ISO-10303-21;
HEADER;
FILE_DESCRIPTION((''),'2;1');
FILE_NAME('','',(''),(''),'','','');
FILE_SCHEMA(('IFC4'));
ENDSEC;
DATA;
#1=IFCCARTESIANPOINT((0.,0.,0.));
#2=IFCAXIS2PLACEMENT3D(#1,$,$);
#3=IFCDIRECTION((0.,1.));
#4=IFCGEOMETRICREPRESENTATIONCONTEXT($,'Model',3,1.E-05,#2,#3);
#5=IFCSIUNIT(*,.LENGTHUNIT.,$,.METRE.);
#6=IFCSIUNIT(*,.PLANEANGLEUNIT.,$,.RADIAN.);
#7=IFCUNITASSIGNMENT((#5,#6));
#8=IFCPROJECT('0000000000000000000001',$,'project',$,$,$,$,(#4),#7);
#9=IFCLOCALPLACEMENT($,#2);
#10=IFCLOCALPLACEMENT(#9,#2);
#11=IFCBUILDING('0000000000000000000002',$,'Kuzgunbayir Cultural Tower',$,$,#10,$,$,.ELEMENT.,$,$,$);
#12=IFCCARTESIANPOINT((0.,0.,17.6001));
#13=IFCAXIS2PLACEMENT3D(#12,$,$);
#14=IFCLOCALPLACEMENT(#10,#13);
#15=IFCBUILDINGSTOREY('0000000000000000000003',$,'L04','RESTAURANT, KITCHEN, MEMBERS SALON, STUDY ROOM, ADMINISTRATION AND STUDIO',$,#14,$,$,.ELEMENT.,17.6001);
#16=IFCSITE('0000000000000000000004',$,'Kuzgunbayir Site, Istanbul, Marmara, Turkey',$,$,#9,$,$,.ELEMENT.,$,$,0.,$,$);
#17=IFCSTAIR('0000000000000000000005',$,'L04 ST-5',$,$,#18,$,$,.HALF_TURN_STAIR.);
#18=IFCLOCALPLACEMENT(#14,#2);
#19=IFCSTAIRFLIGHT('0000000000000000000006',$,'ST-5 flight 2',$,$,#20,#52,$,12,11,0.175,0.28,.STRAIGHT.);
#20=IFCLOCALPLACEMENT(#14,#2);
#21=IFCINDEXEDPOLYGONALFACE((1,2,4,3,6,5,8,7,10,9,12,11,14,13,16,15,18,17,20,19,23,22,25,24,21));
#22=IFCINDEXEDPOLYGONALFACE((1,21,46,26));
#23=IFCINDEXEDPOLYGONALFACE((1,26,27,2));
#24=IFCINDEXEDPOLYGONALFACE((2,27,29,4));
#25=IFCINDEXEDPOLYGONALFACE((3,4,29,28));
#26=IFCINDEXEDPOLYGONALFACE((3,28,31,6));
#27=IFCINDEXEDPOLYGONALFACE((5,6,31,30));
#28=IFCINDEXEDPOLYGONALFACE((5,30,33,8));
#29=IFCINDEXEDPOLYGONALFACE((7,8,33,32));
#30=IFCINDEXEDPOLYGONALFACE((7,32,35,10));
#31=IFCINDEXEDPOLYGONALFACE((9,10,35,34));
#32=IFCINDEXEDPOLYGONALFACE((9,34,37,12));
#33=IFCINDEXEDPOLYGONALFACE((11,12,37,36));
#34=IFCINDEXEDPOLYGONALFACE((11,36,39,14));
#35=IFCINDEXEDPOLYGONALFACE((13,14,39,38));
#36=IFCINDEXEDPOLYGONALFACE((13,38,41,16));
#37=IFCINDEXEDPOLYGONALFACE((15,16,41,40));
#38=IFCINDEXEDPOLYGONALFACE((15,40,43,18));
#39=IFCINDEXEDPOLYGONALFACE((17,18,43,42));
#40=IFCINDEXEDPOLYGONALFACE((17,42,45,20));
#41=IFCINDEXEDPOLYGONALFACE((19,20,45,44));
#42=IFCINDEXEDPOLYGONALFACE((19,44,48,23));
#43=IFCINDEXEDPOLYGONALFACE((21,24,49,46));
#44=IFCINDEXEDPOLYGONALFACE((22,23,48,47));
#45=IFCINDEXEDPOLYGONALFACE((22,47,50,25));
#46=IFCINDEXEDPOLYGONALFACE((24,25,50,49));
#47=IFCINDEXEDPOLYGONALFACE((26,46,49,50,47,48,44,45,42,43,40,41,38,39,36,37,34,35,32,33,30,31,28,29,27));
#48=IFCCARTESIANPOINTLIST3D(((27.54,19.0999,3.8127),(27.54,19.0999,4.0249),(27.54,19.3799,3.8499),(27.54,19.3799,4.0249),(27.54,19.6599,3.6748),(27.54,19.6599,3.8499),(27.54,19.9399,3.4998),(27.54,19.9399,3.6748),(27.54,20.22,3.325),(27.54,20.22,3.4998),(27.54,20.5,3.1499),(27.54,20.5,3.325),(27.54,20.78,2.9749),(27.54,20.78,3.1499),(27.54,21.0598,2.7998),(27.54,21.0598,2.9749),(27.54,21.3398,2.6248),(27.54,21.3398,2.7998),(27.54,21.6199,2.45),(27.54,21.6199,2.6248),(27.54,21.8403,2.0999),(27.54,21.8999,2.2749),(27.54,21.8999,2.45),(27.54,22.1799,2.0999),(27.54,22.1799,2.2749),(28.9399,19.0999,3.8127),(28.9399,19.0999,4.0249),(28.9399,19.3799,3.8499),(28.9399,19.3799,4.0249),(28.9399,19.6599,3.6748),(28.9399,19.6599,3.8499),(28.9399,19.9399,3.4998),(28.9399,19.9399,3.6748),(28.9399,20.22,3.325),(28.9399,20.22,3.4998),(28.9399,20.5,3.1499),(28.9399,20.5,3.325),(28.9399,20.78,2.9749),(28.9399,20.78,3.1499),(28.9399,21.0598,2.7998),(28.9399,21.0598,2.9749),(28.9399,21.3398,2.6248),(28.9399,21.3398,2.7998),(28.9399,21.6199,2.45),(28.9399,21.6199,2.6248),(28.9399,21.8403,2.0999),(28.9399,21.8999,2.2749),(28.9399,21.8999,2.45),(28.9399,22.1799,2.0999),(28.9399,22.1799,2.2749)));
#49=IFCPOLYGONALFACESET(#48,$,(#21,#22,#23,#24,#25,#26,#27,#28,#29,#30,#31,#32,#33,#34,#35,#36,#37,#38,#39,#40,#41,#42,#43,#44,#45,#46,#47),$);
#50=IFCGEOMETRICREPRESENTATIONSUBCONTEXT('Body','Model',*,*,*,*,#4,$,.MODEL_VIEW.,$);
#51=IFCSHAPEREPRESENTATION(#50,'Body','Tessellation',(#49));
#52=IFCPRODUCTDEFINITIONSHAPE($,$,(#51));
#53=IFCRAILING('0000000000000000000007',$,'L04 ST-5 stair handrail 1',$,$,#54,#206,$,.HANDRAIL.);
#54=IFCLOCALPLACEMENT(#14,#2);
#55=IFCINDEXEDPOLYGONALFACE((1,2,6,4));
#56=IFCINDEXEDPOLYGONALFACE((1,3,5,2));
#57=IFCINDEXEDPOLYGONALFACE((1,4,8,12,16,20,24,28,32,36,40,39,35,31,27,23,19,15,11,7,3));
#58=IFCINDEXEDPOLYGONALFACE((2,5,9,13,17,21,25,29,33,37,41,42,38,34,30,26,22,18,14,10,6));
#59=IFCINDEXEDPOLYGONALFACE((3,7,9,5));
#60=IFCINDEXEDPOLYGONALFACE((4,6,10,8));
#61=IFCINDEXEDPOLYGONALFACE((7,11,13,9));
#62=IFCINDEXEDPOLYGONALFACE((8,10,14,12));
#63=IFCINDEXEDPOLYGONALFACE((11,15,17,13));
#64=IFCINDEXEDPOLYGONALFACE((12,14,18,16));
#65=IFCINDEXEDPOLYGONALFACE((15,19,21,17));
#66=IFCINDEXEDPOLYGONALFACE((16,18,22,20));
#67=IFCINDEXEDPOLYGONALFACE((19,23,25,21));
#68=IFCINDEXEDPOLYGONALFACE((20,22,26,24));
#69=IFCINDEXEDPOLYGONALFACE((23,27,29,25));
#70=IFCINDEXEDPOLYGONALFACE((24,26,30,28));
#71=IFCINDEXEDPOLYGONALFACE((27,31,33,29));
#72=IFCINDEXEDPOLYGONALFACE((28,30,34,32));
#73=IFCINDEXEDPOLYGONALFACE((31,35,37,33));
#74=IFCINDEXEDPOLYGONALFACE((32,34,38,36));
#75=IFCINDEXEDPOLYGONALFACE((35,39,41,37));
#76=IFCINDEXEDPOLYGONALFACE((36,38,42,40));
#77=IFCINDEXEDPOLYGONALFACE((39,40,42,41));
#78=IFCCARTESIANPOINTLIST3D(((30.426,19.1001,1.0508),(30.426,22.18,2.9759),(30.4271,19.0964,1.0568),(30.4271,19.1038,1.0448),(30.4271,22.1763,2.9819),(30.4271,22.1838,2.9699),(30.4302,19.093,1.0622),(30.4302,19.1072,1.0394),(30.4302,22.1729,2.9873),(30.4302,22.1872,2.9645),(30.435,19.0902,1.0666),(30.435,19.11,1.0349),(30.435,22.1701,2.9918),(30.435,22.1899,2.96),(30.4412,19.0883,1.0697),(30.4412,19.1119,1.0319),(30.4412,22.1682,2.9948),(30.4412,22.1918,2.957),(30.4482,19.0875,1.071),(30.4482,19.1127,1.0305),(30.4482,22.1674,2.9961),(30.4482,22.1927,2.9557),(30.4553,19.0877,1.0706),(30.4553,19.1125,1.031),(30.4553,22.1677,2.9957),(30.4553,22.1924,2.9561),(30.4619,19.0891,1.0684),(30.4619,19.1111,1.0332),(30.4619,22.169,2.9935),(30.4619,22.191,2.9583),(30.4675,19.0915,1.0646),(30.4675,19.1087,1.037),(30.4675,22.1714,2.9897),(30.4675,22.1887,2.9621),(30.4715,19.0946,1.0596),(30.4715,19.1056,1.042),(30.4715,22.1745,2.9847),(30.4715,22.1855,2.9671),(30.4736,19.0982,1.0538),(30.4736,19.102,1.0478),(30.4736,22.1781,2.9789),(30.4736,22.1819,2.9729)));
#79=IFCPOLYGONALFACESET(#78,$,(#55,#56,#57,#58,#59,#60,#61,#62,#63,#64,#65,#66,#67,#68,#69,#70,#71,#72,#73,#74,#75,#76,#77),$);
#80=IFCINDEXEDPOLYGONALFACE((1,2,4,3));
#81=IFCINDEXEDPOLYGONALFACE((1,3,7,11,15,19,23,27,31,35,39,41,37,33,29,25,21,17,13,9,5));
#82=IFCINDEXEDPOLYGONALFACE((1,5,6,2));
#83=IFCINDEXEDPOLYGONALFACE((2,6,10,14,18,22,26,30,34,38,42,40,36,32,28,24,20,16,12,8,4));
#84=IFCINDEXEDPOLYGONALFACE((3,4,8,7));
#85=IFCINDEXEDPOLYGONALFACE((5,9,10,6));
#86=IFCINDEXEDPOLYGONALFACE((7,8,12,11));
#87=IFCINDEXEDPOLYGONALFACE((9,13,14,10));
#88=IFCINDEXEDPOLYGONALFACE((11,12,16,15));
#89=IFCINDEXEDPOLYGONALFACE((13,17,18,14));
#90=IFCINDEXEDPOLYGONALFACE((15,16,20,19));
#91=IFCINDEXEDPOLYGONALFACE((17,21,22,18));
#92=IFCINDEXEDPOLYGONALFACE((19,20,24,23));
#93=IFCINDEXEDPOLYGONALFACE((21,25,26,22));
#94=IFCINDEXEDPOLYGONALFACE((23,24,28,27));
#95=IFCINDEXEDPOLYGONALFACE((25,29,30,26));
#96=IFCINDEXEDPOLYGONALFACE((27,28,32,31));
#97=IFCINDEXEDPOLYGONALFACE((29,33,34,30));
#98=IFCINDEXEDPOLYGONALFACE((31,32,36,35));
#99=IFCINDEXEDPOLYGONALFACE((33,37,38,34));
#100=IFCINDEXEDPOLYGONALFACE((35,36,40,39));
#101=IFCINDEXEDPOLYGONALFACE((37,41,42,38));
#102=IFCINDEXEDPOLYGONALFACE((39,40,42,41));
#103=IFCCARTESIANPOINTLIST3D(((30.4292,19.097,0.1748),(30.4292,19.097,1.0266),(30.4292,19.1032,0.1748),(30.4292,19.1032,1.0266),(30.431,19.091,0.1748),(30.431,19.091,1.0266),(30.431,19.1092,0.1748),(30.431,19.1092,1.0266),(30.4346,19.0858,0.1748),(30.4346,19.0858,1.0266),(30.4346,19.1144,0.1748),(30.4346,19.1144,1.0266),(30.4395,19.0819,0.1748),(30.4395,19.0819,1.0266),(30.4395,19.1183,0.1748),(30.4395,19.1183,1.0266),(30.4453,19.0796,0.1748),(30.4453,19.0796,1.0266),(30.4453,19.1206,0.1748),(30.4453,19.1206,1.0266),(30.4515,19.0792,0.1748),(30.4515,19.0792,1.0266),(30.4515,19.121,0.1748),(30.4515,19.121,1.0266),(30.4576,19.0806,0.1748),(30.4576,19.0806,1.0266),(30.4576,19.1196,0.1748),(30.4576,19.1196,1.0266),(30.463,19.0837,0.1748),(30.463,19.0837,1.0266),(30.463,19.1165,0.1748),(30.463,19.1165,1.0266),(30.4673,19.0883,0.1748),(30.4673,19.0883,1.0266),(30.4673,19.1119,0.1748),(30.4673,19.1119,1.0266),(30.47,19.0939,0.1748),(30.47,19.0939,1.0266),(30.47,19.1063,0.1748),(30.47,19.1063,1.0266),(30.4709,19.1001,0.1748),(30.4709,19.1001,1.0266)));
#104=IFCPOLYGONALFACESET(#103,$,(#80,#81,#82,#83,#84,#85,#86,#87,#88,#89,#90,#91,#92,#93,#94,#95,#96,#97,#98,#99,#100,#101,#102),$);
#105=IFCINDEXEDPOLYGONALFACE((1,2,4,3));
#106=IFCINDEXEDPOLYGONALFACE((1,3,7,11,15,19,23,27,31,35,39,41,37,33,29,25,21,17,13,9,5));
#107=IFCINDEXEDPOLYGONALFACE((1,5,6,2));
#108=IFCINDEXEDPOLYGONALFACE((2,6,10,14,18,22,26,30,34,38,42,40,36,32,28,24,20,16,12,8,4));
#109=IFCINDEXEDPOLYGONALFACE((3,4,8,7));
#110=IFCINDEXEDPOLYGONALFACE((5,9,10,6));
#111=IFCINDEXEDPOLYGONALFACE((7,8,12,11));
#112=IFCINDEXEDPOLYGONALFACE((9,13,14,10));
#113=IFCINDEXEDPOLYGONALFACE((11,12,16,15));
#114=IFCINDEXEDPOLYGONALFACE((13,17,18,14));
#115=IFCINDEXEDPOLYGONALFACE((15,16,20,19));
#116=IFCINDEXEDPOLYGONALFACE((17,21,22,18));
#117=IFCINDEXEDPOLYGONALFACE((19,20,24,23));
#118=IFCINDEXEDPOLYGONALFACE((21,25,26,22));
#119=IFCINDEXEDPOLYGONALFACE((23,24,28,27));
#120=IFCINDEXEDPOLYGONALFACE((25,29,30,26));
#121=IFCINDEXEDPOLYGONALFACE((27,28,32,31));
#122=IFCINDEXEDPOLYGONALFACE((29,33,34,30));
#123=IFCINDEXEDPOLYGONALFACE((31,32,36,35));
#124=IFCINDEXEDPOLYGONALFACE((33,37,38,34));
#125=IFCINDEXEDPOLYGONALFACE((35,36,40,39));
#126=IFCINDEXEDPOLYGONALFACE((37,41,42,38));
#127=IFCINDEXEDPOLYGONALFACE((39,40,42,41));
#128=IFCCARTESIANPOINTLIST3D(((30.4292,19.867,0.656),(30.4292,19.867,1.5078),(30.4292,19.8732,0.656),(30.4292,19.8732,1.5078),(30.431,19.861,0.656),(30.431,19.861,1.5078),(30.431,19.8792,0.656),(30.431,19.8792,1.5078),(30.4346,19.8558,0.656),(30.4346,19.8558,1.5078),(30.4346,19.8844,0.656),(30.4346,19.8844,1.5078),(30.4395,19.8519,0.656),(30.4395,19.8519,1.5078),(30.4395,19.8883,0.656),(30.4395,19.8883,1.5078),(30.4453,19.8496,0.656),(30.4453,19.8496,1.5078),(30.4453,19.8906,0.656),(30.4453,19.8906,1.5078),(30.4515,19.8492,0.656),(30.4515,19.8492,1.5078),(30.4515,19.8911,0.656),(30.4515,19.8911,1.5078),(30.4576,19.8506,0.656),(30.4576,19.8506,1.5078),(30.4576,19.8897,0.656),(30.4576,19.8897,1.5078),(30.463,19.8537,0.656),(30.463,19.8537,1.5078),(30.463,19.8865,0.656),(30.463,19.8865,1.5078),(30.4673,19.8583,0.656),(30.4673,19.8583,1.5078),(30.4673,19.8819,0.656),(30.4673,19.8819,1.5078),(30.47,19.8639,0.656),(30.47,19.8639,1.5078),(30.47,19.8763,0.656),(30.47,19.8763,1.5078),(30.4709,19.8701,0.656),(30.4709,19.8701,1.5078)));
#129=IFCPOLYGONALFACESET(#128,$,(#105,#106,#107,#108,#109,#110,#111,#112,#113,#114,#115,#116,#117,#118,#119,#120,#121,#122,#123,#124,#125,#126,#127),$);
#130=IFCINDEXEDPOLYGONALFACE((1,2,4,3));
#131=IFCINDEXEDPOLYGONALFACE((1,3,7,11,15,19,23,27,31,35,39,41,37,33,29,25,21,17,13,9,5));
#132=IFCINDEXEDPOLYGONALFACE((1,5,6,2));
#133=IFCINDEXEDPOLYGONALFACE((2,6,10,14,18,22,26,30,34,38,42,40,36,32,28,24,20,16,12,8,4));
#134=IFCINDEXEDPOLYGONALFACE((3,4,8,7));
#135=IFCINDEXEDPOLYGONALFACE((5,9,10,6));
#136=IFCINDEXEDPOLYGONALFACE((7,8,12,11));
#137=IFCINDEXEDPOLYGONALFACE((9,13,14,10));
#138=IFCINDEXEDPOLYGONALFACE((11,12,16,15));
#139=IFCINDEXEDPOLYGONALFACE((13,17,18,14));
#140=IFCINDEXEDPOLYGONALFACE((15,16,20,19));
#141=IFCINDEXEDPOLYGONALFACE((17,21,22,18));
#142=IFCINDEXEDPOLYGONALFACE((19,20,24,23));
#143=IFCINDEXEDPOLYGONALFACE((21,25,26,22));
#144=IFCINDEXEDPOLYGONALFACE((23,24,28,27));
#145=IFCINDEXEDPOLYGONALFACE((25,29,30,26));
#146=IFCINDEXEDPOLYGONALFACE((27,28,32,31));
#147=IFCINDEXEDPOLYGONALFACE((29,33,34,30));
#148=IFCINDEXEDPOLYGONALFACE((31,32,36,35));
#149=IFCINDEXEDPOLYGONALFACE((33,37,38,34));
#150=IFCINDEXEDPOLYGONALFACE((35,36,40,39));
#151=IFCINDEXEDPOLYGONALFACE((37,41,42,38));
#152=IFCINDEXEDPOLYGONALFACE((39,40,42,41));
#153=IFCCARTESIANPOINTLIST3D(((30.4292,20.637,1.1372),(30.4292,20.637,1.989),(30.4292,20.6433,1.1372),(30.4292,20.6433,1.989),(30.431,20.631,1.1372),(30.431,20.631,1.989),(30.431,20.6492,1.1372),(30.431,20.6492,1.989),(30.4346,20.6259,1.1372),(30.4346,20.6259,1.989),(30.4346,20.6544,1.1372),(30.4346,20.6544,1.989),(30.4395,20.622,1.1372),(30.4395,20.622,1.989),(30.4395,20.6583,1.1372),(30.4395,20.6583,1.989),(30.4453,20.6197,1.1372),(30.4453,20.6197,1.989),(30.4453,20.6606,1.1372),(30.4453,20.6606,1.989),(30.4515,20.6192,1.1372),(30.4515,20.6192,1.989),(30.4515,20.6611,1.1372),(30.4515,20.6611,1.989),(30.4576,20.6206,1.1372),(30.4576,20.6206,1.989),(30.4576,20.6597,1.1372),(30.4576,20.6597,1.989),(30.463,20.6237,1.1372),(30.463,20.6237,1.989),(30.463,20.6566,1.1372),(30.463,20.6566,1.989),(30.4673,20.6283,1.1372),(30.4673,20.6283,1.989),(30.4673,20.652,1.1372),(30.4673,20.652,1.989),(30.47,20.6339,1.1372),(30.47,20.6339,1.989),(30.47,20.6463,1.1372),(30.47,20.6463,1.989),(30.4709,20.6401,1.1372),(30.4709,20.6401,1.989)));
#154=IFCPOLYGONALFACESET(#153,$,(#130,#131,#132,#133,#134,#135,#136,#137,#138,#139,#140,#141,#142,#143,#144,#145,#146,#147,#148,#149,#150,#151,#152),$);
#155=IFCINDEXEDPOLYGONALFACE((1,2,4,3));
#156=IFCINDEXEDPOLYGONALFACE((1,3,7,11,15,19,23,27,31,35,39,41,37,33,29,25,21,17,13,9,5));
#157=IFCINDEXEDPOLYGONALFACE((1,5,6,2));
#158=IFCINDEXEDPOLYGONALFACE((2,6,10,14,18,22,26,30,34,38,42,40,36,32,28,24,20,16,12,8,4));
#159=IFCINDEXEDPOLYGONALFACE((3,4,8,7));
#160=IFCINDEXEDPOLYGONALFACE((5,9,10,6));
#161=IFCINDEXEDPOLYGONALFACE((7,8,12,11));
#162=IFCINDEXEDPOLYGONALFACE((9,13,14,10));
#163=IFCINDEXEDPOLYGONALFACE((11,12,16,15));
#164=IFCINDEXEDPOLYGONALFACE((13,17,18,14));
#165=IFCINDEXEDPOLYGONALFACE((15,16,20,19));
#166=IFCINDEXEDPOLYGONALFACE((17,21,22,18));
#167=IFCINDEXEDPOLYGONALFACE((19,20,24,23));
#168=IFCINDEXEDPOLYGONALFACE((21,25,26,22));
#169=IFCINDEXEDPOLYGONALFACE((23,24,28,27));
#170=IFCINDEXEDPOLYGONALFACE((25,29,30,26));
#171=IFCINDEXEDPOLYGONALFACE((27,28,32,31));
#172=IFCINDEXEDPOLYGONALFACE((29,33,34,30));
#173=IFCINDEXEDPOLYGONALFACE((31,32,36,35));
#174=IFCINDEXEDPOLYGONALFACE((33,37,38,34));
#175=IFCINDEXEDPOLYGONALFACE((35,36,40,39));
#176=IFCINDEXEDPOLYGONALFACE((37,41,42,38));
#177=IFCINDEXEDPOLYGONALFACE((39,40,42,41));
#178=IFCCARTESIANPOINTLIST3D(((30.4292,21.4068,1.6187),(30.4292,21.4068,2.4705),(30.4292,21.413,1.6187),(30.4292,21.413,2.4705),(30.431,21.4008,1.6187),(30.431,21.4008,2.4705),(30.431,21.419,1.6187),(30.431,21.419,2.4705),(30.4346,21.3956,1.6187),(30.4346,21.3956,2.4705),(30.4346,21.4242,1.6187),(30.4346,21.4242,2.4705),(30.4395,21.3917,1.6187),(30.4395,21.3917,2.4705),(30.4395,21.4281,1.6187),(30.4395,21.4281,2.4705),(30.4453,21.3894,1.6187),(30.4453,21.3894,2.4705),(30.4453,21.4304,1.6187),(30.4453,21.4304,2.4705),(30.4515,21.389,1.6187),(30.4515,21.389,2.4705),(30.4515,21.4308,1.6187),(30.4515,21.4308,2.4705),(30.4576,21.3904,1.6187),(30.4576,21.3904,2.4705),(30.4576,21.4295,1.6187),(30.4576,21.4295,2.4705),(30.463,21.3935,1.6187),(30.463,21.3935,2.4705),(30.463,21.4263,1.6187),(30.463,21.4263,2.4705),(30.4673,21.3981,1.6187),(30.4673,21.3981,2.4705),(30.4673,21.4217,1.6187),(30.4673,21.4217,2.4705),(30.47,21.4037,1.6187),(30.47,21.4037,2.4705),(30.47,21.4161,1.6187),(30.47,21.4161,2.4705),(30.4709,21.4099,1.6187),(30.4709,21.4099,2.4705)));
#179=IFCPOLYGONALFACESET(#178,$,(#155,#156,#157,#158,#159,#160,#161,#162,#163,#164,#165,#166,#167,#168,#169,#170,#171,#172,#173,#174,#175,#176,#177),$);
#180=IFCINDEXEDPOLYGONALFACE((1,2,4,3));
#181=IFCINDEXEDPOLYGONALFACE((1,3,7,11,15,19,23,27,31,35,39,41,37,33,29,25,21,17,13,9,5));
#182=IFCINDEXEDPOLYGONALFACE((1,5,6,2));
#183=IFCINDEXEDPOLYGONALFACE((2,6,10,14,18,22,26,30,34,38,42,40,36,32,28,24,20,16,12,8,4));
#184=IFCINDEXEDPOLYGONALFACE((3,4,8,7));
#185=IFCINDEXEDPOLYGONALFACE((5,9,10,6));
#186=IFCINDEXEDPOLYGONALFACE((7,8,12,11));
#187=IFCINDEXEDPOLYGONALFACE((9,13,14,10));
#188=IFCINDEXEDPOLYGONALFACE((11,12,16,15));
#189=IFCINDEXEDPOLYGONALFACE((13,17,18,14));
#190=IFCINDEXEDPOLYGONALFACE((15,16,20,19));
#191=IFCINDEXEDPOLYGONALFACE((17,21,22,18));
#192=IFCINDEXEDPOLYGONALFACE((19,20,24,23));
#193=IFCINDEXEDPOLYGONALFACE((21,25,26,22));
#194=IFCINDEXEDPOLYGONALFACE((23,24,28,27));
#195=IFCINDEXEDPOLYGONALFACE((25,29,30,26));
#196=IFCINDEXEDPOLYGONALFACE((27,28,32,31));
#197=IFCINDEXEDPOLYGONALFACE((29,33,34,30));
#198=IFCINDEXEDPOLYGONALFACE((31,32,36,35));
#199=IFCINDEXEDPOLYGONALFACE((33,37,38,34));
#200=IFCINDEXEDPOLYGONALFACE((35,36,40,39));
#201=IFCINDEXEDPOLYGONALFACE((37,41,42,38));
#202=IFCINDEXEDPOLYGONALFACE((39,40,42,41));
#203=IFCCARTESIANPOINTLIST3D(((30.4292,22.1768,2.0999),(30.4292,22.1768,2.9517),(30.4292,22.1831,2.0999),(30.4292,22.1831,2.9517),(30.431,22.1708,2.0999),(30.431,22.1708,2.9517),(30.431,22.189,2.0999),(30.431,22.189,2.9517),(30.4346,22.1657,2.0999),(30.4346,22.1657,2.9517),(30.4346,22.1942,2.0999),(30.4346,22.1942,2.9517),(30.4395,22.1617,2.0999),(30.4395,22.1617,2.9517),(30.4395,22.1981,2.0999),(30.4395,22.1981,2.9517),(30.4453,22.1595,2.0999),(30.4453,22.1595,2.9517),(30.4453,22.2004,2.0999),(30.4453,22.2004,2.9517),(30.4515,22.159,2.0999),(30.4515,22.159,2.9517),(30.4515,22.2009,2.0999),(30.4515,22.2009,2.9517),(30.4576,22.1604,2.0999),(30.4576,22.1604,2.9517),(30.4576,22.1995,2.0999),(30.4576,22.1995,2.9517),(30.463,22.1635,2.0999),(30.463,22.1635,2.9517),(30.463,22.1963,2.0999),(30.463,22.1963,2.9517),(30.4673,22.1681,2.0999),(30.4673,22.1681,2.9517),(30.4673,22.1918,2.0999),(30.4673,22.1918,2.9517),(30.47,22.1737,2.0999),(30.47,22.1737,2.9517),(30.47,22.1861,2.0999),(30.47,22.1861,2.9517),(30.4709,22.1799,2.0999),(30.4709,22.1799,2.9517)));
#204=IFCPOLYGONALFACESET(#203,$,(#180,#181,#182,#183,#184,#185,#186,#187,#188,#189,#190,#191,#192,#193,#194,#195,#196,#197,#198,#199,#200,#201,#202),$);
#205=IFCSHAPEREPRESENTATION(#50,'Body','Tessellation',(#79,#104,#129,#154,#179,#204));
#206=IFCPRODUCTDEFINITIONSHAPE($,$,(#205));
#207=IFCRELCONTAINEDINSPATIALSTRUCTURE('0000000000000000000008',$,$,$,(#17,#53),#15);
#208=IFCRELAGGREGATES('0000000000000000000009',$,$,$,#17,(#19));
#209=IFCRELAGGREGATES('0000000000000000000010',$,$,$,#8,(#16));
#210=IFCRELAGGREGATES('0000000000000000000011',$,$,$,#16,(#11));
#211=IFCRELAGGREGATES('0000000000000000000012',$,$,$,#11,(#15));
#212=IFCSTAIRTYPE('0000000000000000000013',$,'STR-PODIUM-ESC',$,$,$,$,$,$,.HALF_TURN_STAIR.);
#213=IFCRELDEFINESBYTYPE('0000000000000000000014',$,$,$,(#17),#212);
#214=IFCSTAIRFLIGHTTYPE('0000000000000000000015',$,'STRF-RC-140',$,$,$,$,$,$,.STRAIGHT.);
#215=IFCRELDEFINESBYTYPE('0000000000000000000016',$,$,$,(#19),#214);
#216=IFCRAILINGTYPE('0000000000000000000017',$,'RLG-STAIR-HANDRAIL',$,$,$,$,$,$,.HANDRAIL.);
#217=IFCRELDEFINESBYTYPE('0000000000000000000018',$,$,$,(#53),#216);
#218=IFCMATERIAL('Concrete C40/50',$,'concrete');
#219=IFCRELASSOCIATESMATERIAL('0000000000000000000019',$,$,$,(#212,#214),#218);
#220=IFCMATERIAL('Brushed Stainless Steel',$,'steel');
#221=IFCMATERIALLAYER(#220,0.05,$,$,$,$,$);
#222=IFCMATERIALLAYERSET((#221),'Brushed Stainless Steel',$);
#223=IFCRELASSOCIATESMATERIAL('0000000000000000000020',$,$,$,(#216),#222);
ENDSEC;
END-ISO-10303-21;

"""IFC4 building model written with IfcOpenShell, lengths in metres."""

from ifc_helpers import new_model, si_unit, direction, frame, origin, origin_2d, place, context, subcontext, project, spatial, polyline, circle, outline, extrude, material, layer, layer_set, type_object, element, aggregate, save


model = new_model("IFC4")

# Units and contexts
model_context = context("Model", 3, precision=1e-05, world=origin(), true_north=direction((0.0, 1.0)))
body_context = subcontext(model_context, "Body", "Model", "MODEL_VIEW")
ifc_project = project(units=[si_unit("LENGTHUNIT", "METRE"), si_unit("PLANEANGLEUNIT", "RADIAN")], contexts=[model_context])

# Site, building, storey
site_placement = place(None, origin())
site = spatial("IfcSite", under=ifc_project, at=site_placement, Name="Kuzgunbayir Site, Istanbul, Marmara, Turkey", CompositionType="ELEMENT", RefElevation=0.0)
building_placement = place(site_placement, origin())
building = spatial("IfcBuilding", under=site, at=building_placement, Name="Kuzgunbayir Cultural Tower", CompositionType="ELEMENT")
storey_placement = place(building_placement, frame((0.0, 0.0, 17.6001)))
storey = spatial("IfcBuildingStorey", under=building, at=storey_placement, Name="L04", Description="RESTAURANT, KITCHEN, MEMBERS SALON, STUDY ROOM, ADMINISTRATION AND STUDIO", CompositionType="ELEMENT", Elevation=17.6001)

# Shared definitions
ifc_material_1 = material(Name="Concrete C40/50", Category="concrete")

# Stair, stair flight
stair_type = type_object("IfcStairType", Name="STR-PODIUM-ESC", PredefinedType="HALF_TURN_STAIR", material=ifc_material_1)
stair_placement = place(storey_placement, origin())
stair = element("IfcStair", 1, at=stair_placement, inside=storey, type_object=stair_type, Name="L04 ST-5", PredefinedType="HALF_TURN_STAIR")
stair_flight_type = type_object("IfcStairFlightType", Name="STRF-RC-140", PredefinedType="STRAIGHT", material=ifc_material_1)
stair_flight_1_placement = place(storey_placement, frame((28.24, 22.1799, 2.0999), z_axis=(0.0, 0.0, 1.0), x_axis=(0.0, -1.0, 0.0)))
stair_flight_1 = element("IfcStairFlight", 2, at=stair_flight_1_placement, type_object=stair_flight_type, Name="ST-5 flight 2", NumberOfRisers=12, NumberOfTreads=11, PredefinedType="STRAIGHT", RiserHeight=0.175, TreadLength=0.28, context=body_context, shape_type="SweptSolid", body=[
    extrude(outline(polyline([(0.0, 0.0), (0.0, 0.175), (0.28, 0.175), (0.28, 0.3501), (0.5601, 0.3501), (0.5601, 0.5249), (0.8401, 0.5249), (0.8401, 0.7), (1.1201, 0.7), (1.1201, 0.875), (1.3999, 0.875), (1.3999, 1.05), (1.6799, 1.05), (1.6799, 1.2251), (1.96, 1.2251), (1.96, 1.3999), (2.24, 1.3999), (2.24, 1.575), (2.52, 1.575), (2.52, 1.75), (2.8, 1.75), (2.8, 1.925), (3.0801, 1.925), (3.0801, 2.1001), (3.0801, 1.7129), (0.3396, 0.0), (0.0, 0.0)])), frame((0.0, 0.7, 0.0), z_axis=(0.0, -1.0, 0.0), x_axis=(1.0, 0.0, 0.0)), (0.0, 0.0, 1.0), 1.3999),
])
aggregate(stair, [stair_flight_1])

# Railing
ifc_material_2 = material(Name="Brushed Stainless Steel", Category="steel")
ifc_layer_1 = layer(ifc_material_2, 0.05)
ifc_layer_set_1 = layer_set([ifc_layer_1], Name="Brushed Stainless Steel")
railing_type_1 = type_object("IfcRailingType", Name="RLG-STAIR-HANDRAIL", PredefinedType="HANDRAIL", material=ifc_layer_set_1)
railing_1_placement = place(storey_placement, frame((30.45, 19.1001, 0.1748)))
element("IfcRailing", 3, at=railing_1_placement, inside=storey, type_object=railing_type_1, Name="L04 ST-5 stair handrail 1", PredefinedType="HANDRAIL", context=body_context, shape_type="SweptSolid", body=[
    extrude(circle(Radius=0.0239, at=origin_2d()), frame((0.0, 0.0, 0.876), z_axis=(0.0, 0.847979, 0.530029), x_axis=(-1.0, 0.0, 0.0)), (0.0, 0.0, 1.0), 3.6321),
    extrude(circle(Radius=0.021, at=origin_2d()), origin(), (0.0, 0.0, 1.0), 0.8518),
    extrude(circle(Radius=0.021, at=origin_2d()), frame((0.0, 0.77, 0.4812)), (0.0, 0.0, 1.0), 0.8518),
    extrude(circle(Radius=0.021, at=origin_2d()), frame((0.0, 1.54, 0.9624)), (0.0, 0.0, 1.0), 0.8518),
    extrude(circle(Radius=0.021, at=origin_2d()), frame((0.0, 2.3098, 1.4438)), (0.0, 0.0, 1.0), 0.8518),
    extrude(circle(Radius=0.021, at=origin_2d()), frame((0.0, 3.0798, 1.925)), (0.0, 0.0, 1.0), 0.8518),
])

save(model, "model.ifc")
